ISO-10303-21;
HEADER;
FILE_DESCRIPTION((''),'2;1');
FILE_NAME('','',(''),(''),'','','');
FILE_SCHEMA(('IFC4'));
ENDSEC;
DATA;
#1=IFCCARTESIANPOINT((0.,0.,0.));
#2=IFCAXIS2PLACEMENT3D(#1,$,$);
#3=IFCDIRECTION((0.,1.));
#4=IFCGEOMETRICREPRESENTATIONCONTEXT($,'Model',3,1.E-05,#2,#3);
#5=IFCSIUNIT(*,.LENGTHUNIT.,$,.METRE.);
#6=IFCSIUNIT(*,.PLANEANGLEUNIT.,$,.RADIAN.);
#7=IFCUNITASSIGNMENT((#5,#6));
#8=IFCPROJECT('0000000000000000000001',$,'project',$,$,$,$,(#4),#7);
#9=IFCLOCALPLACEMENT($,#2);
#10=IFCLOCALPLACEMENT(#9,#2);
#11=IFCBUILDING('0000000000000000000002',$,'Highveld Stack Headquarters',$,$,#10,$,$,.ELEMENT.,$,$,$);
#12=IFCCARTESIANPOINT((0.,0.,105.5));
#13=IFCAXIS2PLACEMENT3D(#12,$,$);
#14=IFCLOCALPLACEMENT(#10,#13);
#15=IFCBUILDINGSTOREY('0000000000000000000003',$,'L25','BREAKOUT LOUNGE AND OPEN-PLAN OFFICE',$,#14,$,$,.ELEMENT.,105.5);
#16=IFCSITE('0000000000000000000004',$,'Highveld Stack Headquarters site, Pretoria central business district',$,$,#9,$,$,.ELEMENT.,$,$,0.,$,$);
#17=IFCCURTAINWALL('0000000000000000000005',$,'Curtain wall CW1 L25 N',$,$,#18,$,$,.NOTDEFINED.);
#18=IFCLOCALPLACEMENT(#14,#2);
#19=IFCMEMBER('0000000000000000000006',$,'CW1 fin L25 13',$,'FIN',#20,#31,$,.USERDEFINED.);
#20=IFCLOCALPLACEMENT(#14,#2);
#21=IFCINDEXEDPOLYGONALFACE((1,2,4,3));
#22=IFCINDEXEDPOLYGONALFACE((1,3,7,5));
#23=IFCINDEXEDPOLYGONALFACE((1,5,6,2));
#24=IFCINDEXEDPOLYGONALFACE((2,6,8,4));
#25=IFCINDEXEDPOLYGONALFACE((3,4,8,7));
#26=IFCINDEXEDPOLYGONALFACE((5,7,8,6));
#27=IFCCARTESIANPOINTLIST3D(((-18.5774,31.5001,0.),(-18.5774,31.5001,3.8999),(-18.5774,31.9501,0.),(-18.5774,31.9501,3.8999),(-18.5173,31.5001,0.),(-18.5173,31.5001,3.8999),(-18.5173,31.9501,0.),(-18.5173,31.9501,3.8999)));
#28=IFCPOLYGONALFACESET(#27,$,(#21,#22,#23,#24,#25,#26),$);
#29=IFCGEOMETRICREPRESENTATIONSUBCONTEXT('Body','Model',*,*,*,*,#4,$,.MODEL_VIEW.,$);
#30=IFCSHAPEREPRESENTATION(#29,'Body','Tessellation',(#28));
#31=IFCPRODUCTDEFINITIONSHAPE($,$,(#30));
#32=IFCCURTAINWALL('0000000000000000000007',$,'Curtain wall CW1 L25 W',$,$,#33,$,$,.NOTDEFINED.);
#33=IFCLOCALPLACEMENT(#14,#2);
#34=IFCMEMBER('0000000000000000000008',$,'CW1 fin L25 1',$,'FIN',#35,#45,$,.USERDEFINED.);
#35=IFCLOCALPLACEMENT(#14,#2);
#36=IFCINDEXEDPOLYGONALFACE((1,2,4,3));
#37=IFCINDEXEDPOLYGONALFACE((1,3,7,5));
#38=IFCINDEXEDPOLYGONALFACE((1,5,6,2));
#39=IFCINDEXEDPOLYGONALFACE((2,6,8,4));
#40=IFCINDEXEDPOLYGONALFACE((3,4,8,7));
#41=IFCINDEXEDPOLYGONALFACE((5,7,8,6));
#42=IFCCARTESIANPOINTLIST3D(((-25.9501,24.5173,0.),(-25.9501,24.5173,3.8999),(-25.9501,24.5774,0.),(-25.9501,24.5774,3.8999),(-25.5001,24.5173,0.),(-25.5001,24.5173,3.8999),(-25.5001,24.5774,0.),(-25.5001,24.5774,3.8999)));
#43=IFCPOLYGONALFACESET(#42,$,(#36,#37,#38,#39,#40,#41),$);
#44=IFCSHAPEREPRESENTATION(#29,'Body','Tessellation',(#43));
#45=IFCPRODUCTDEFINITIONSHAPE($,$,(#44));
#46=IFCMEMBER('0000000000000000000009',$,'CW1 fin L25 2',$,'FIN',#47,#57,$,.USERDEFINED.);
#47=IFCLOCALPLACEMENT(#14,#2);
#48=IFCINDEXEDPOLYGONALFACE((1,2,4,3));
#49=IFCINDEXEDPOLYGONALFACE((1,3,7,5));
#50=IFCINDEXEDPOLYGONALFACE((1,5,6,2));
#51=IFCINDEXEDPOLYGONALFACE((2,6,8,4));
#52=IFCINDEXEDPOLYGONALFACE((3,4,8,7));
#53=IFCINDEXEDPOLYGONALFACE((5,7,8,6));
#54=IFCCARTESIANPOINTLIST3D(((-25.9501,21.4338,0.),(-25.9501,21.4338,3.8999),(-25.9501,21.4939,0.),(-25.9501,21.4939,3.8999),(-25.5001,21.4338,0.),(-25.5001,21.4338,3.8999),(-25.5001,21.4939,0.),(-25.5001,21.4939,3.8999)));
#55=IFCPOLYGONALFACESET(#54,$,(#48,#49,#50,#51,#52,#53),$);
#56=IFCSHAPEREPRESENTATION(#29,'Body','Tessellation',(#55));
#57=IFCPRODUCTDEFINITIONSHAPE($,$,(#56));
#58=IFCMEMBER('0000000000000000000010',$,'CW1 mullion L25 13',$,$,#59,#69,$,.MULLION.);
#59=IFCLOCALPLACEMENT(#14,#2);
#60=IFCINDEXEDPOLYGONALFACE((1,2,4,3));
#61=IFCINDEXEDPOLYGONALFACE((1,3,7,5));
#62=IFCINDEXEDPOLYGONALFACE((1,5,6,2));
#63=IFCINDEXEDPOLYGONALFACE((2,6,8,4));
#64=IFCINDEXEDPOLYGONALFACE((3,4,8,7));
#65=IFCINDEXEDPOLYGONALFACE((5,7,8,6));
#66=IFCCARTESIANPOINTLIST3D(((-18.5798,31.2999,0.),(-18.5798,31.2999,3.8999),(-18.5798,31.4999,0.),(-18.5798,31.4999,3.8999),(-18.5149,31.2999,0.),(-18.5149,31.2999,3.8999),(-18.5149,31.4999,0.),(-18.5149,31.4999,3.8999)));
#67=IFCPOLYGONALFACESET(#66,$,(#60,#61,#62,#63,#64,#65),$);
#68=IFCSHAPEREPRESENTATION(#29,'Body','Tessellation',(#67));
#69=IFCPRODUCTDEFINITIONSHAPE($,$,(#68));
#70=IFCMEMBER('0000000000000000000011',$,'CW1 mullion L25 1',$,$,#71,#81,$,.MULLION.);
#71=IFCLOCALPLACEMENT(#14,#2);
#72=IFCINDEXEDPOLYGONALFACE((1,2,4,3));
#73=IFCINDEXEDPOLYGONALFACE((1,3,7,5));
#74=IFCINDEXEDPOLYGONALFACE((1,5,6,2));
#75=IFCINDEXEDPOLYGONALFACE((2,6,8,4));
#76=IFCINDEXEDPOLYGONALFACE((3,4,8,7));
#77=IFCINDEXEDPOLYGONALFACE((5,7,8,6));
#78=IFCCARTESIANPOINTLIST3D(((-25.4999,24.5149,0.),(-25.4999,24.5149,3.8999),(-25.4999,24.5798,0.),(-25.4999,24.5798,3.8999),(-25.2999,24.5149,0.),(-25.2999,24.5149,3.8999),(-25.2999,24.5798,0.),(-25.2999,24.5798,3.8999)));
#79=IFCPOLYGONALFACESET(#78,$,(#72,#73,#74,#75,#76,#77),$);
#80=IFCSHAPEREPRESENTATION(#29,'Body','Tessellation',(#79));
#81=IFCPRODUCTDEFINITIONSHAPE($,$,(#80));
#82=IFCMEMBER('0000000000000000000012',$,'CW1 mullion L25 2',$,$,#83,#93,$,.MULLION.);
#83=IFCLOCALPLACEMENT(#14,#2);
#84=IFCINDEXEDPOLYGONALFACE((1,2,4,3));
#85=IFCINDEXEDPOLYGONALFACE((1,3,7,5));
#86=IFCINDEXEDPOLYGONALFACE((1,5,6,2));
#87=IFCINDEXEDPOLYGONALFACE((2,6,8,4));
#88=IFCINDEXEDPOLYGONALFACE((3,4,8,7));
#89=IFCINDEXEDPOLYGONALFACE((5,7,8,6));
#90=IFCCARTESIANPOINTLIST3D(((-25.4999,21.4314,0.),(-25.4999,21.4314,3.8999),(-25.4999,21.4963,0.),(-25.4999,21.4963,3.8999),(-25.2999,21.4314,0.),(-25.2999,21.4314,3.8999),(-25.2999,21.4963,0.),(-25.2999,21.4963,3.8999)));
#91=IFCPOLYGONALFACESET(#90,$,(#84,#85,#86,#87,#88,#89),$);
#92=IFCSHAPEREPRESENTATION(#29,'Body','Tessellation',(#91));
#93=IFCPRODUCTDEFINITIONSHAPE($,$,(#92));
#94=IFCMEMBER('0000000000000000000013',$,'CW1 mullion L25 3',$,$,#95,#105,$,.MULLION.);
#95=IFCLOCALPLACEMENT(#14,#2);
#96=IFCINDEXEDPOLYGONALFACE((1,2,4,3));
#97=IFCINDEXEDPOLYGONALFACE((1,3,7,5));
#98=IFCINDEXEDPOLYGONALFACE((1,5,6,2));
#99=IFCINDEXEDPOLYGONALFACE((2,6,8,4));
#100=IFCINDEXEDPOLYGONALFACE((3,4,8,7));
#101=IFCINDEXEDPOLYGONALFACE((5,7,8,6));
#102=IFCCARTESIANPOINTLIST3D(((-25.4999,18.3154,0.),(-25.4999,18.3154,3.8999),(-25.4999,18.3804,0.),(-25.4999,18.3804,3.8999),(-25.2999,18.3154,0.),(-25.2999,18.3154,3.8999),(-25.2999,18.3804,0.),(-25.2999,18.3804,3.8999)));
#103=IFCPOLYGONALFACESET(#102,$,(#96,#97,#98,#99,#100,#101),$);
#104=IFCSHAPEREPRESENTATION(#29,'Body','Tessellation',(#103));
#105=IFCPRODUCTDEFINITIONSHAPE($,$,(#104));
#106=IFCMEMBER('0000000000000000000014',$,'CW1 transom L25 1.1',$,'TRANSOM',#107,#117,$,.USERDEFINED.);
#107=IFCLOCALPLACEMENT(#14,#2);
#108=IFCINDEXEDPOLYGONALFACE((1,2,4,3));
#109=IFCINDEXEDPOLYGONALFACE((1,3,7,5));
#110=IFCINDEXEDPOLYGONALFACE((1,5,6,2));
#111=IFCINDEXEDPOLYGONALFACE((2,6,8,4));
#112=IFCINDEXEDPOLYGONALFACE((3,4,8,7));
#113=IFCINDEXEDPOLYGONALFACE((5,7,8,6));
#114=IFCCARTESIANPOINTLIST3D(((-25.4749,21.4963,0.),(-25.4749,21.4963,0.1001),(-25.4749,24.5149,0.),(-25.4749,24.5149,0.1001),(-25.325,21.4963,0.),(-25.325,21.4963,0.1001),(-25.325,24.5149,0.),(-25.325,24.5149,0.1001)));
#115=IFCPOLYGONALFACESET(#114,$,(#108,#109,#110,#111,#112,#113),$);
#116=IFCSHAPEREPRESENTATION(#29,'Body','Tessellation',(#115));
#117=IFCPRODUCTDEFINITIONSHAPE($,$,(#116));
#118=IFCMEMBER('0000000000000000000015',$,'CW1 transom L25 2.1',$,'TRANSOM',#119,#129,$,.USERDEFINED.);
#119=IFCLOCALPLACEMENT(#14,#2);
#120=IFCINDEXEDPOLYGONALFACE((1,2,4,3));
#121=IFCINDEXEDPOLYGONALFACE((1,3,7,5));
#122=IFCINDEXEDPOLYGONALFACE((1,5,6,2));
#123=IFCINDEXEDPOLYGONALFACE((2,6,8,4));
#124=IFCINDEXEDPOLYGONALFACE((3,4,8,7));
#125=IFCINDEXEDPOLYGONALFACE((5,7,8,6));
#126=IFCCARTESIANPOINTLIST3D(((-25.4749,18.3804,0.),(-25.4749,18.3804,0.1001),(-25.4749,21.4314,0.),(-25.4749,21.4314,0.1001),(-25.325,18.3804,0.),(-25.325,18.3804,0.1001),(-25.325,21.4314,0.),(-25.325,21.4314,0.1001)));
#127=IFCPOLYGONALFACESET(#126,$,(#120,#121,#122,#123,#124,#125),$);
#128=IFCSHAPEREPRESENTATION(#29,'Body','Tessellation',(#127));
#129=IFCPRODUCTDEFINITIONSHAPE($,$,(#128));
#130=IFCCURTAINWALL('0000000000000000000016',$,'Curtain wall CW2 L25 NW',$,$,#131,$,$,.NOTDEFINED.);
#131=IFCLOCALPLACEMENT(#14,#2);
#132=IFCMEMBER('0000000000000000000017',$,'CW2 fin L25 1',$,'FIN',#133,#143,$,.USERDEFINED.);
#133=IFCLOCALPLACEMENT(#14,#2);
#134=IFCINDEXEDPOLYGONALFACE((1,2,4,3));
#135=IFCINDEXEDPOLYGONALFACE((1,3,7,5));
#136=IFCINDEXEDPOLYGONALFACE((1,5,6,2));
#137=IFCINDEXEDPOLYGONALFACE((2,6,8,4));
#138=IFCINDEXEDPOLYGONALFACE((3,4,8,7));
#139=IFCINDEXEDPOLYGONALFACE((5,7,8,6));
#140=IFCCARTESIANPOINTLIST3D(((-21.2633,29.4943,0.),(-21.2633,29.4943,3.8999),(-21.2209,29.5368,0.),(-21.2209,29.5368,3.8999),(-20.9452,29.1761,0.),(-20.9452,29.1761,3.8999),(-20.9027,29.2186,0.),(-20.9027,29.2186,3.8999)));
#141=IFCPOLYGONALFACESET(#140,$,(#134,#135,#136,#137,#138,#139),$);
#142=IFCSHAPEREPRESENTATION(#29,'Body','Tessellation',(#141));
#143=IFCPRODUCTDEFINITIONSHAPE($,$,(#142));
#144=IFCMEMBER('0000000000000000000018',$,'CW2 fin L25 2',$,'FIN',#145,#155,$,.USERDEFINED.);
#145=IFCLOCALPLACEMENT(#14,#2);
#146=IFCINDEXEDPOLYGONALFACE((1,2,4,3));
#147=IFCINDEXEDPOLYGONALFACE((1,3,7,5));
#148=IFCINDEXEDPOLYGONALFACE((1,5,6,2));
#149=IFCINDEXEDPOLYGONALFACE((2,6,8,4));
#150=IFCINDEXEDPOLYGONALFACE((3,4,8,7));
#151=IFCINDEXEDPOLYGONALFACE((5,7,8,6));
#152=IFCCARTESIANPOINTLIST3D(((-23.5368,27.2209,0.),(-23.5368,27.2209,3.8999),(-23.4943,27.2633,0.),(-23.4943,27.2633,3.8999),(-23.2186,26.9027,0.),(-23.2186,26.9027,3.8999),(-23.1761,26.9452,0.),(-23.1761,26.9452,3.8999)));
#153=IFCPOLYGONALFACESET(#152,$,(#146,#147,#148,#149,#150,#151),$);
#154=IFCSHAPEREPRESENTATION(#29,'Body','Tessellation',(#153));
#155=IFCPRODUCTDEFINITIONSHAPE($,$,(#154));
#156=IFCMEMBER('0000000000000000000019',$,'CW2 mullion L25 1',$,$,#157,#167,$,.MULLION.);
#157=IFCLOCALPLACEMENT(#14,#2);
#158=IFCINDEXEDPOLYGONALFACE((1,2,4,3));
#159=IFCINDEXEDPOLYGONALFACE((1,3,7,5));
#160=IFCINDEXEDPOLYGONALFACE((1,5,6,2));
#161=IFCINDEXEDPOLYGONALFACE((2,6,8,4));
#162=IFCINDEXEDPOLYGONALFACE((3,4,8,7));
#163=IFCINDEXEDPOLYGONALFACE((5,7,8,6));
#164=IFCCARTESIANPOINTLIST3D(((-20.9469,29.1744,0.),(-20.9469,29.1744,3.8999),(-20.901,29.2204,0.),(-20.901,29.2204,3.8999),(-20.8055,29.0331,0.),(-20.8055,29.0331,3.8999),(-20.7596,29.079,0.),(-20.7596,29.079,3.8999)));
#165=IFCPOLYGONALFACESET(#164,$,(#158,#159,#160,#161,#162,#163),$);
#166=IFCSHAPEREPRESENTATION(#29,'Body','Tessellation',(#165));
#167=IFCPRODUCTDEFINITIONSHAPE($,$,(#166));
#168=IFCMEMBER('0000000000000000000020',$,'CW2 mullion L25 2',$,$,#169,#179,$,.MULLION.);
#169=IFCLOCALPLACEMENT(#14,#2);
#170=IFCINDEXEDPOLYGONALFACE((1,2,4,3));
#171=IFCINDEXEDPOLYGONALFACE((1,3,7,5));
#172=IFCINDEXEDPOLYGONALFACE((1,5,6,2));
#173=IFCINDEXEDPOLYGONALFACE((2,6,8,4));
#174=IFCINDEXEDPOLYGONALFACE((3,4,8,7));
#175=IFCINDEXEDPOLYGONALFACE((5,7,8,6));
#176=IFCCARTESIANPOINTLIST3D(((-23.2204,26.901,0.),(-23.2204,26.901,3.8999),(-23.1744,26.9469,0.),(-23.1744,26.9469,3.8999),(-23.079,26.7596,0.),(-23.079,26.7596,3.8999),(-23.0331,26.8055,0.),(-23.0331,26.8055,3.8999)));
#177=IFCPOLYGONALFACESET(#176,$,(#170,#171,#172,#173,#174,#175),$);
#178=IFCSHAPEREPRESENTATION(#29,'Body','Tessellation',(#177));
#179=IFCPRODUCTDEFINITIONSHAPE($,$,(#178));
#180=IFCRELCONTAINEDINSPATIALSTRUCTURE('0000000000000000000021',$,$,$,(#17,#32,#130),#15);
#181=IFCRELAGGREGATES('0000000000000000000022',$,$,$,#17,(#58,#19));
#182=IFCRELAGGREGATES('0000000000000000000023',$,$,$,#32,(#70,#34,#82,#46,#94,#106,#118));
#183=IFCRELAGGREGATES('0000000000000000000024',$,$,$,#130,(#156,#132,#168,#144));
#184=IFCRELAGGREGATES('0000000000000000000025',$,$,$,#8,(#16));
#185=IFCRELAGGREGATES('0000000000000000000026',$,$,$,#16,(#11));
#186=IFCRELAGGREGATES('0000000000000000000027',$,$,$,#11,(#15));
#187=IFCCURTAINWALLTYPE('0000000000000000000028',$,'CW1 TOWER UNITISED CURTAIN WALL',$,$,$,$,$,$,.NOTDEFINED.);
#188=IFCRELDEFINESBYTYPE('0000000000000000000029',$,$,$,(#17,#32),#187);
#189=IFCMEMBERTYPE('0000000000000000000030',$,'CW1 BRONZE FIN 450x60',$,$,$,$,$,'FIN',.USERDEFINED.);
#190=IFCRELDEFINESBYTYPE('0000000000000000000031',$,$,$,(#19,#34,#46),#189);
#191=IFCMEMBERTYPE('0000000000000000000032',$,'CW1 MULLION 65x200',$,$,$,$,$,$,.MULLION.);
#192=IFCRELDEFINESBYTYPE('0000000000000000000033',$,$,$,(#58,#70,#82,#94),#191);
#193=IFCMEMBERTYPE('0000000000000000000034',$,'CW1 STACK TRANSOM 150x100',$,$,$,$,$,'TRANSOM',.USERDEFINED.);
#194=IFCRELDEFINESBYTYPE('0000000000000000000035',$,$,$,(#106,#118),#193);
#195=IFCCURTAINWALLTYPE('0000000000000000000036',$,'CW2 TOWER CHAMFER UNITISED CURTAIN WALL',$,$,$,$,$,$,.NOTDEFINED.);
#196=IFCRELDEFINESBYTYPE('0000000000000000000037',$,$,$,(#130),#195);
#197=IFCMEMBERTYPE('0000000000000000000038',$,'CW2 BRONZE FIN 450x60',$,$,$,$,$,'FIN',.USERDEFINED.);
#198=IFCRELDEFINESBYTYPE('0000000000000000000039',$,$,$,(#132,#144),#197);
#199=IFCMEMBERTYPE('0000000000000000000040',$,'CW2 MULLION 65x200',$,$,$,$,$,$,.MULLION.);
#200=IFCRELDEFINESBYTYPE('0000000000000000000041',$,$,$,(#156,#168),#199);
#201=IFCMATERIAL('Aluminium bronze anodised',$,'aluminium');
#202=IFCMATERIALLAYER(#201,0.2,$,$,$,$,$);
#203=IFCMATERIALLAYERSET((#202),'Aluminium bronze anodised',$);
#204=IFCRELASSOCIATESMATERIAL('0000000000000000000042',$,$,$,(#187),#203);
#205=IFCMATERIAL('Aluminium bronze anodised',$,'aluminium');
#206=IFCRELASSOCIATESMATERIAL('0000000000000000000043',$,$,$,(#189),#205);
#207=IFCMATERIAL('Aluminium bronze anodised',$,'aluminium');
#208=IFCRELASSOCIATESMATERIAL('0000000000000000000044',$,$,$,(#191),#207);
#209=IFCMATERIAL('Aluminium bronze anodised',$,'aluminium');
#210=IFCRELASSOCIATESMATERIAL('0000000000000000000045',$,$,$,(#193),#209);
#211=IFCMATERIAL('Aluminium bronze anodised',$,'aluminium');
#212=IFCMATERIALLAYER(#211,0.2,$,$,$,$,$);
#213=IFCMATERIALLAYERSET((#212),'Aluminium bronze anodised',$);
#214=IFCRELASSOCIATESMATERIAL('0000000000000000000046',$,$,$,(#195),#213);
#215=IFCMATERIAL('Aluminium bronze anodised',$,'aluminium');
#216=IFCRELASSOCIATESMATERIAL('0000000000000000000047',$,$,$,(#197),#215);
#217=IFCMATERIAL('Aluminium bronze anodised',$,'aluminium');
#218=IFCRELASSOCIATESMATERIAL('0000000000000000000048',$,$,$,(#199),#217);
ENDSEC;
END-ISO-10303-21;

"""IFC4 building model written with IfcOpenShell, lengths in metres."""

from ifc_helpers import new_model, si_unit, direction, frame, origin, origin_2d, place, context, subcontext, project, spatial, rectangle, extrude, material, layer, layer_set, material_profile, profile_set, type_object, element, aggregate, save


model = new_model("IFC4")

# Units and contexts
model_context = context("Model", 3, precision=1e-05, world=origin(), true_north=direction((0.0, 1.0)))
body_context = subcontext(model_context, "Body", "Model", "MODEL_VIEW")
ifc_project = project(units=[si_unit("LENGTHUNIT", "METRE"), si_unit("PLANEANGLEUNIT", "RADIAN")], contexts=[model_context])

# Site, building, storey
site_placement = place(None, origin())
site = spatial("IfcSite", under=ifc_project, at=site_placement, Name="Highveld Stack Headquarters site, Pretoria central business district", CompositionType="ELEMENT", RefElevation=0.0)
building_placement = place(site_placement, origin())
building = spatial("IfcBuilding", under=site, at=building_placement, Name="Highveld Stack Headquarters", CompositionType="ELEMENT")
storey_placement = place(building_placement, frame((0.0, 0.0, 105.5)))
storey = spatial("IfcBuildingStorey", under=building, at=storey_placement, Name="L25", Description="BREAKOUT LOUNGE AND OPEN-PLAN OFFICE", CompositionType="ELEMENT", Elevation=105.5)

# Curtain wall, member
ifc_material_1 = material(Name="Aluminium bronze anodised", Category="aluminium")
ifc_layer_1 = layer(ifc_material_1, 0.2)
ifc_layer_set_1 = layer_set([ifc_layer_1], Name="Aluminium bronze anodised")
curtain_wall_type_1 = type_object("IfcCurtainWallType", Name="CW1 TOWER UNITISED CURTAIN WALL", PredefinedType="NOTDEFINED", material=ifc_layer_set_1)
curtain_wall_1_placement = place(storey_placement, origin())
curtain_wall_1 = element("IfcCurtainWall", 1, at=curtain_wall_1_placement, inside=storey, type_object=curtain_wall_type_1, Name="Curtain wall CW1 L25 N", PredefinedType="NOTDEFINED")
ifc_material_2 = material(Name="Aluminium bronze anodised", Category="aluminium")
ifc_material_profile_1 = material_profile(ifc_material_2, rectangle(XDim=0.45, YDim=0.0601, at=origin_2d()), Name="FIN 450x60")
ifc_profile_set_1 = profile_set([ifc_material_profile_1], Name="Aluminium bronze anodised")
member_type_1 = type_object("IfcMemberType", Name="CW1 BRONZE FIN 450x60", ElementType="FIN", PredefinedType="USERDEFINED", material=ifc_profile_set_1)
member_1_placement = place(storey_placement, frame((-18.5474, 31.7251, 0.0), z_axis=(0.0, 0.0, 1.0), x_axis=(0.0, -1.0, 0.0)))
member_1 = element("IfcMember", 2, at=member_1_placement, type_object=member_type_1, Name="CW1 fin L25 13", ObjectType="FIN", PredefinedType="USERDEFINED", context=body_context, shape_type="SweptSolid", body=[
    extrude(rectangle(XDim=0.45, YDim=0.0601, at=origin_2d()), origin(), (0.0, 0.0, 1.0), 3.8999),
])

# Curtain wall, members
curtain_wall_2_placement = place(storey_placement, origin())
curtain_wall_2 = element("IfcCurtainWall", 3, at=curtain_wall_2_placement, inside=storey, type_object=curtain_wall_type_1, Name="Curtain wall CW1 L25 W", PredefinedType="NOTDEFINED")
member_2_placement = place(storey_placement, frame((-25.7251, 24.5474, 0.0), z_axis=(0.0, 0.0, 1.0), x_axis=(1.0, 0.0, 0.0)))
member_2 = element("IfcMember", 4, at=member_2_placement, type_object=member_type_1, Name="CW1 fin L25 1", ObjectType="FIN", PredefinedType="USERDEFINED", context=body_context, shape_type="SweptSolid", body=[
    extrude(rectangle(XDim=0.45, YDim=0.0601, at=origin_2d()), origin(), (0.0, 0.0, 1.0), 3.8999),
])
member_3_placement = place(storey_placement, frame((-25.7251, 21.4639, 0.0), z_axis=(0.0, 0.0, 1.0), x_axis=(1.0, 0.0, 0.0)))
member_3 = element("IfcMember", 5, at=member_3_placement, type_object=member_type_1, Name="CW1 fin L25 2", ObjectType="FIN", PredefinedType="USERDEFINED", context=body_context, shape_type="SweptSolid", body=[
    extrude(rectangle(XDim=0.45, YDim=0.0601, at=origin_2d()), origin(), (0.0, 0.0, 1.0), 3.8999),
])

# Members
ifc_material_3 = material(Name="Aluminium bronze anodised", Category="aluminium")
ifc_material_profile_2 = material_profile(ifc_material_3, rectangle(XDim=0.2, YDim=0.0649, at=origin_2d()), Name="CW1 MULLION 65x200")
ifc_profile_set_2 = profile_set([ifc_material_profile_2], Name="Aluminium bronze anodised")
member_type_2 = type_object("IfcMemberType", Name="CW1 MULLION 65x200", PredefinedType="MULLION", material=ifc_profile_set_2)
member_4_placement = place(storey_placement, frame((-18.5474, 31.3999, 0.0), z_axis=(0.0, 0.0, 1.0), x_axis=(0.0, -1.0, 0.0)))
member_4 = element("IfcMember", 6, at=member_4_placement, type_object=member_type_2, Name="CW1 mullion L25 13", PredefinedType="MULLION", context=body_context, shape_type="SweptSolid", body=[
    extrude(rectangle(XDim=0.2, YDim=0.0649, at=origin_2d()), origin(), (0.0, 0.0, 1.0), 3.8999),
])
aggregate(curtain_wall_1, [member_4, member_1])
member_5_placement = place(storey_placement, frame((-25.3999, 24.5474, 0.0), z_axis=(0.0, 0.0, 1.0), x_axis=(1.0, 0.0, 0.0)))
member_5 = element("IfcMember", 7, at=member_5_placement, type_object=member_type_2, Name="CW1 mullion L25 1", PredefinedType="MULLION", context=body_context, shape_type="SweptSolid", body=[
    extrude(rectangle(XDim=0.2, YDim=0.0649, at=origin_2d()), origin(), (0.0, 0.0, 1.0), 3.8999),
])
member_6_placement = place(storey_placement, frame((-25.3999, 21.4639, 0.0), z_axis=(0.0, 0.0, 1.0), x_axis=(1.0, 0.0, 0.0)))
member_6 = element("IfcMember", 8, at=member_6_placement, type_object=member_type_2, Name="CW1 mullion L25 2", PredefinedType="MULLION", context=body_context, shape_type="SweptSolid", body=[
    extrude(rectangle(XDim=0.2, YDim=0.0649, at=origin_2d()), origin(), (0.0, 0.0, 1.0), 3.8999),
])
member_7_placement = place(storey_placement, frame((-25.3999, 18.3479, 0.0), z_axis=(0.0, 0.0, 1.0), x_axis=(1.0, 0.0, 0.0)))
member_7 = element("IfcMember", 9, at=member_7_placement, type_object=member_type_2, Name="CW1 mullion L25 3", PredefinedType="MULLION", context=body_context, shape_type="SweptSolid", body=[
    extrude(rectangle(XDim=0.2, YDim=0.0649, at=origin_2d()), origin(), (0.0, 0.0, 1.0), 3.8999),
])
ifc_material_4 = material(Name="Aluminium bronze anodised", Category="aluminium")
ifc_material_profile_3 = material_profile(ifc_material_4, rectangle(XDim=0.1499, YDim=0.1001, at=origin_2d()), Name="CW1 TRANSOM 150x100")
ifc_profile_set_3 = profile_set([ifc_material_profile_3], Name="Aluminium bronze anodised")
member_type_3 = type_object("IfcMemberType", Name="CW1 STACK TRANSOM 150x100", ElementType="TRANSOM", PredefinedType="USERDEFINED", material=ifc_profile_set_3)
member_8_placement = place(storey_placement, frame((-25.3999, 24.5149, 0.05), z_axis=(0.0, -1.0, 0.0), x_axis=(1.0, 0.0, 0.0)))
member_8 = element("IfcMember", 10, at=member_8_placement, type_object=member_type_3, Name="CW1 transom L25 1.1", ObjectType="TRANSOM", PredefinedType="USERDEFINED", context=body_context, shape_type="SweptSolid", body=[
    extrude(rectangle(XDim=0.1499, YDim=0.1001, at=origin_2d()), origin(), (0.0, 0.0, 1.0), 3.0186),
])
member_9_placement = place(storey_placement, frame((-25.3999, 21.4314, 0.05), z_axis=(0.0, -1.0, 0.0), x_axis=(1.0, 0.0, 0.0)))
member_9 = element("IfcMember", 11, at=member_9_placement, type_object=member_type_3, Name="CW1 transom L25 2.1", ObjectType="TRANSOM", PredefinedType="USERDEFINED", context=body_context, shape_type="SweptSolid", body=[
    extrude(rectangle(XDim=0.1499, YDim=0.1001, at=origin_2d()), origin(), (0.0, 0.0, 1.0), 3.051),
])

# Curtain wall, members
ifc_material_5 = material(Name="Aluminium bronze anodised", Category="aluminium")
ifc_layer_2 = layer(ifc_material_5, 0.2)
ifc_layer_set_2 = layer_set([ifc_layer_2], Name="Aluminium bronze anodised")
curtain_wall_type_2 = type_object("IfcCurtainWallType", Name="CW2 TOWER CHAMFER UNITISED CURTAIN WALL", PredefinedType="NOTDEFINED", material=ifc_layer_set_2)
curtain_wall_3_placement = place(storey_placement, origin())
curtain_wall_3 = element("IfcCurtainWall", 12, at=curtain_wall_3_placement, inside=storey, type_object=curtain_wall_type_2, Name="Curtain wall CW2 L25 NW", PredefinedType="NOTDEFINED")
ifc_material_6 = material(Name="Aluminium bronze anodised", Category="aluminium")
ifc_material_profile_4 = material_profile(ifc_material_6, rectangle(XDim=0.45, YDim=0.0601, at=origin_2d()), Name="FIN 450x60")
ifc_profile_set_4 = profile_set([ifc_material_profile_4], Name="Aluminium bronze anodised")
member_type_4 = type_object("IfcMemberType", Name="CW2 BRONZE FIN 450x60", ElementType="FIN", PredefinedType="USERDEFINED", material=ifc_profile_set_4)
member_10_placement = place(storey_placement, frame((-21.083, 29.3564, 0.0), z_axis=(0.0, 0.0, 1.0), x_axis=(0.707107, -0.707107, 0.0)))
member_10 = element("IfcMember", 13, at=member_10_placement, type_object=member_type_4, Name="CW2 fin L25 1", ObjectType="FIN", PredefinedType="USERDEFINED", context=body_context, shape_type="SweptSolid", body=[
    extrude(rectangle(XDim=0.45, YDim=0.0601, at=origin_2d()), origin(), (0.0, 0.0, 1.0), 3.8999),
])
member_11_placement = place(storey_placement, frame((-23.3564, 27.083, 0.0), z_axis=(0.0, 0.0, 1.0), x_axis=(0.707107, -0.707107, 0.0)))
member_11 = element("IfcMember", 14, at=member_11_placement, type_object=member_type_4, Name="CW2 fin L25 2", ObjectType="FIN", PredefinedType="USERDEFINED", context=body_context, shape_type="SweptSolid", body=[
    extrude(rectangle(XDim=0.45, YDim=0.0601, at=origin_2d()), origin(), (0.0, 0.0, 1.0), 3.8999),
])
ifc_material_7 = material(Name="Aluminium bronze anodised", Category="aluminium")
ifc_material_profile_5 = material_profile(ifc_material_7, rectangle(XDim=0.2, YDim=0.0649, at=origin_2d()), Name="CW2 MULLION 65x200")
ifc_profile_set_5 = profile_set([ifc_material_profile_5], Name="Aluminium bronze anodised")
member_type_5 = type_object("IfcMemberType", Name="CW2 MULLION 65x200", PredefinedType="MULLION", material=ifc_profile_set_5)
member_12_placement = place(storey_placement, frame((-20.8533, 29.1267, 0.0), z_axis=(0.0, 0.0, 1.0), x_axis=(0.707107, -0.707107, 0.0)))
member_12 = element("IfcMember", 15, at=member_12_placement, type_object=member_type_5, Name="CW2 mullion L25 1", PredefinedType="MULLION", context=body_context, shape_type="SweptSolid", body=[
    extrude(rectangle(XDim=0.2, YDim=0.0649, at=origin_2d()), origin(), (0.0, 0.0, 1.0), 3.8999),
])
member_13_placement = place(storey_placement, frame((-23.1267, 26.8533, 0.0), z_axis=(0.0, 0.0, 1.0), x_axis=(0.707107, -0.707107, 0.0)))
member_13 = element("IfcMember", 16, at=member_13_placement, type_object=member_type_5, Name="CW2 mullion L25 2", PredefinedType="MULLION", context=body_context, shape_type="SweptSolid", body=[
    extrude(rectangle(XDim=0.2, YDim=0.0649, at=origin_2d()), origin(), (0.0, 0.0, 1.0), 3.8999),
])

aggregate(curtain_wall_2, [member_5, member_2, member_6, member_3, member_7, member_8, member_9])
aggregate(curtain_wall_3, [member_12, member_10, member_13, member_11])

save(model, "model.ifc")
